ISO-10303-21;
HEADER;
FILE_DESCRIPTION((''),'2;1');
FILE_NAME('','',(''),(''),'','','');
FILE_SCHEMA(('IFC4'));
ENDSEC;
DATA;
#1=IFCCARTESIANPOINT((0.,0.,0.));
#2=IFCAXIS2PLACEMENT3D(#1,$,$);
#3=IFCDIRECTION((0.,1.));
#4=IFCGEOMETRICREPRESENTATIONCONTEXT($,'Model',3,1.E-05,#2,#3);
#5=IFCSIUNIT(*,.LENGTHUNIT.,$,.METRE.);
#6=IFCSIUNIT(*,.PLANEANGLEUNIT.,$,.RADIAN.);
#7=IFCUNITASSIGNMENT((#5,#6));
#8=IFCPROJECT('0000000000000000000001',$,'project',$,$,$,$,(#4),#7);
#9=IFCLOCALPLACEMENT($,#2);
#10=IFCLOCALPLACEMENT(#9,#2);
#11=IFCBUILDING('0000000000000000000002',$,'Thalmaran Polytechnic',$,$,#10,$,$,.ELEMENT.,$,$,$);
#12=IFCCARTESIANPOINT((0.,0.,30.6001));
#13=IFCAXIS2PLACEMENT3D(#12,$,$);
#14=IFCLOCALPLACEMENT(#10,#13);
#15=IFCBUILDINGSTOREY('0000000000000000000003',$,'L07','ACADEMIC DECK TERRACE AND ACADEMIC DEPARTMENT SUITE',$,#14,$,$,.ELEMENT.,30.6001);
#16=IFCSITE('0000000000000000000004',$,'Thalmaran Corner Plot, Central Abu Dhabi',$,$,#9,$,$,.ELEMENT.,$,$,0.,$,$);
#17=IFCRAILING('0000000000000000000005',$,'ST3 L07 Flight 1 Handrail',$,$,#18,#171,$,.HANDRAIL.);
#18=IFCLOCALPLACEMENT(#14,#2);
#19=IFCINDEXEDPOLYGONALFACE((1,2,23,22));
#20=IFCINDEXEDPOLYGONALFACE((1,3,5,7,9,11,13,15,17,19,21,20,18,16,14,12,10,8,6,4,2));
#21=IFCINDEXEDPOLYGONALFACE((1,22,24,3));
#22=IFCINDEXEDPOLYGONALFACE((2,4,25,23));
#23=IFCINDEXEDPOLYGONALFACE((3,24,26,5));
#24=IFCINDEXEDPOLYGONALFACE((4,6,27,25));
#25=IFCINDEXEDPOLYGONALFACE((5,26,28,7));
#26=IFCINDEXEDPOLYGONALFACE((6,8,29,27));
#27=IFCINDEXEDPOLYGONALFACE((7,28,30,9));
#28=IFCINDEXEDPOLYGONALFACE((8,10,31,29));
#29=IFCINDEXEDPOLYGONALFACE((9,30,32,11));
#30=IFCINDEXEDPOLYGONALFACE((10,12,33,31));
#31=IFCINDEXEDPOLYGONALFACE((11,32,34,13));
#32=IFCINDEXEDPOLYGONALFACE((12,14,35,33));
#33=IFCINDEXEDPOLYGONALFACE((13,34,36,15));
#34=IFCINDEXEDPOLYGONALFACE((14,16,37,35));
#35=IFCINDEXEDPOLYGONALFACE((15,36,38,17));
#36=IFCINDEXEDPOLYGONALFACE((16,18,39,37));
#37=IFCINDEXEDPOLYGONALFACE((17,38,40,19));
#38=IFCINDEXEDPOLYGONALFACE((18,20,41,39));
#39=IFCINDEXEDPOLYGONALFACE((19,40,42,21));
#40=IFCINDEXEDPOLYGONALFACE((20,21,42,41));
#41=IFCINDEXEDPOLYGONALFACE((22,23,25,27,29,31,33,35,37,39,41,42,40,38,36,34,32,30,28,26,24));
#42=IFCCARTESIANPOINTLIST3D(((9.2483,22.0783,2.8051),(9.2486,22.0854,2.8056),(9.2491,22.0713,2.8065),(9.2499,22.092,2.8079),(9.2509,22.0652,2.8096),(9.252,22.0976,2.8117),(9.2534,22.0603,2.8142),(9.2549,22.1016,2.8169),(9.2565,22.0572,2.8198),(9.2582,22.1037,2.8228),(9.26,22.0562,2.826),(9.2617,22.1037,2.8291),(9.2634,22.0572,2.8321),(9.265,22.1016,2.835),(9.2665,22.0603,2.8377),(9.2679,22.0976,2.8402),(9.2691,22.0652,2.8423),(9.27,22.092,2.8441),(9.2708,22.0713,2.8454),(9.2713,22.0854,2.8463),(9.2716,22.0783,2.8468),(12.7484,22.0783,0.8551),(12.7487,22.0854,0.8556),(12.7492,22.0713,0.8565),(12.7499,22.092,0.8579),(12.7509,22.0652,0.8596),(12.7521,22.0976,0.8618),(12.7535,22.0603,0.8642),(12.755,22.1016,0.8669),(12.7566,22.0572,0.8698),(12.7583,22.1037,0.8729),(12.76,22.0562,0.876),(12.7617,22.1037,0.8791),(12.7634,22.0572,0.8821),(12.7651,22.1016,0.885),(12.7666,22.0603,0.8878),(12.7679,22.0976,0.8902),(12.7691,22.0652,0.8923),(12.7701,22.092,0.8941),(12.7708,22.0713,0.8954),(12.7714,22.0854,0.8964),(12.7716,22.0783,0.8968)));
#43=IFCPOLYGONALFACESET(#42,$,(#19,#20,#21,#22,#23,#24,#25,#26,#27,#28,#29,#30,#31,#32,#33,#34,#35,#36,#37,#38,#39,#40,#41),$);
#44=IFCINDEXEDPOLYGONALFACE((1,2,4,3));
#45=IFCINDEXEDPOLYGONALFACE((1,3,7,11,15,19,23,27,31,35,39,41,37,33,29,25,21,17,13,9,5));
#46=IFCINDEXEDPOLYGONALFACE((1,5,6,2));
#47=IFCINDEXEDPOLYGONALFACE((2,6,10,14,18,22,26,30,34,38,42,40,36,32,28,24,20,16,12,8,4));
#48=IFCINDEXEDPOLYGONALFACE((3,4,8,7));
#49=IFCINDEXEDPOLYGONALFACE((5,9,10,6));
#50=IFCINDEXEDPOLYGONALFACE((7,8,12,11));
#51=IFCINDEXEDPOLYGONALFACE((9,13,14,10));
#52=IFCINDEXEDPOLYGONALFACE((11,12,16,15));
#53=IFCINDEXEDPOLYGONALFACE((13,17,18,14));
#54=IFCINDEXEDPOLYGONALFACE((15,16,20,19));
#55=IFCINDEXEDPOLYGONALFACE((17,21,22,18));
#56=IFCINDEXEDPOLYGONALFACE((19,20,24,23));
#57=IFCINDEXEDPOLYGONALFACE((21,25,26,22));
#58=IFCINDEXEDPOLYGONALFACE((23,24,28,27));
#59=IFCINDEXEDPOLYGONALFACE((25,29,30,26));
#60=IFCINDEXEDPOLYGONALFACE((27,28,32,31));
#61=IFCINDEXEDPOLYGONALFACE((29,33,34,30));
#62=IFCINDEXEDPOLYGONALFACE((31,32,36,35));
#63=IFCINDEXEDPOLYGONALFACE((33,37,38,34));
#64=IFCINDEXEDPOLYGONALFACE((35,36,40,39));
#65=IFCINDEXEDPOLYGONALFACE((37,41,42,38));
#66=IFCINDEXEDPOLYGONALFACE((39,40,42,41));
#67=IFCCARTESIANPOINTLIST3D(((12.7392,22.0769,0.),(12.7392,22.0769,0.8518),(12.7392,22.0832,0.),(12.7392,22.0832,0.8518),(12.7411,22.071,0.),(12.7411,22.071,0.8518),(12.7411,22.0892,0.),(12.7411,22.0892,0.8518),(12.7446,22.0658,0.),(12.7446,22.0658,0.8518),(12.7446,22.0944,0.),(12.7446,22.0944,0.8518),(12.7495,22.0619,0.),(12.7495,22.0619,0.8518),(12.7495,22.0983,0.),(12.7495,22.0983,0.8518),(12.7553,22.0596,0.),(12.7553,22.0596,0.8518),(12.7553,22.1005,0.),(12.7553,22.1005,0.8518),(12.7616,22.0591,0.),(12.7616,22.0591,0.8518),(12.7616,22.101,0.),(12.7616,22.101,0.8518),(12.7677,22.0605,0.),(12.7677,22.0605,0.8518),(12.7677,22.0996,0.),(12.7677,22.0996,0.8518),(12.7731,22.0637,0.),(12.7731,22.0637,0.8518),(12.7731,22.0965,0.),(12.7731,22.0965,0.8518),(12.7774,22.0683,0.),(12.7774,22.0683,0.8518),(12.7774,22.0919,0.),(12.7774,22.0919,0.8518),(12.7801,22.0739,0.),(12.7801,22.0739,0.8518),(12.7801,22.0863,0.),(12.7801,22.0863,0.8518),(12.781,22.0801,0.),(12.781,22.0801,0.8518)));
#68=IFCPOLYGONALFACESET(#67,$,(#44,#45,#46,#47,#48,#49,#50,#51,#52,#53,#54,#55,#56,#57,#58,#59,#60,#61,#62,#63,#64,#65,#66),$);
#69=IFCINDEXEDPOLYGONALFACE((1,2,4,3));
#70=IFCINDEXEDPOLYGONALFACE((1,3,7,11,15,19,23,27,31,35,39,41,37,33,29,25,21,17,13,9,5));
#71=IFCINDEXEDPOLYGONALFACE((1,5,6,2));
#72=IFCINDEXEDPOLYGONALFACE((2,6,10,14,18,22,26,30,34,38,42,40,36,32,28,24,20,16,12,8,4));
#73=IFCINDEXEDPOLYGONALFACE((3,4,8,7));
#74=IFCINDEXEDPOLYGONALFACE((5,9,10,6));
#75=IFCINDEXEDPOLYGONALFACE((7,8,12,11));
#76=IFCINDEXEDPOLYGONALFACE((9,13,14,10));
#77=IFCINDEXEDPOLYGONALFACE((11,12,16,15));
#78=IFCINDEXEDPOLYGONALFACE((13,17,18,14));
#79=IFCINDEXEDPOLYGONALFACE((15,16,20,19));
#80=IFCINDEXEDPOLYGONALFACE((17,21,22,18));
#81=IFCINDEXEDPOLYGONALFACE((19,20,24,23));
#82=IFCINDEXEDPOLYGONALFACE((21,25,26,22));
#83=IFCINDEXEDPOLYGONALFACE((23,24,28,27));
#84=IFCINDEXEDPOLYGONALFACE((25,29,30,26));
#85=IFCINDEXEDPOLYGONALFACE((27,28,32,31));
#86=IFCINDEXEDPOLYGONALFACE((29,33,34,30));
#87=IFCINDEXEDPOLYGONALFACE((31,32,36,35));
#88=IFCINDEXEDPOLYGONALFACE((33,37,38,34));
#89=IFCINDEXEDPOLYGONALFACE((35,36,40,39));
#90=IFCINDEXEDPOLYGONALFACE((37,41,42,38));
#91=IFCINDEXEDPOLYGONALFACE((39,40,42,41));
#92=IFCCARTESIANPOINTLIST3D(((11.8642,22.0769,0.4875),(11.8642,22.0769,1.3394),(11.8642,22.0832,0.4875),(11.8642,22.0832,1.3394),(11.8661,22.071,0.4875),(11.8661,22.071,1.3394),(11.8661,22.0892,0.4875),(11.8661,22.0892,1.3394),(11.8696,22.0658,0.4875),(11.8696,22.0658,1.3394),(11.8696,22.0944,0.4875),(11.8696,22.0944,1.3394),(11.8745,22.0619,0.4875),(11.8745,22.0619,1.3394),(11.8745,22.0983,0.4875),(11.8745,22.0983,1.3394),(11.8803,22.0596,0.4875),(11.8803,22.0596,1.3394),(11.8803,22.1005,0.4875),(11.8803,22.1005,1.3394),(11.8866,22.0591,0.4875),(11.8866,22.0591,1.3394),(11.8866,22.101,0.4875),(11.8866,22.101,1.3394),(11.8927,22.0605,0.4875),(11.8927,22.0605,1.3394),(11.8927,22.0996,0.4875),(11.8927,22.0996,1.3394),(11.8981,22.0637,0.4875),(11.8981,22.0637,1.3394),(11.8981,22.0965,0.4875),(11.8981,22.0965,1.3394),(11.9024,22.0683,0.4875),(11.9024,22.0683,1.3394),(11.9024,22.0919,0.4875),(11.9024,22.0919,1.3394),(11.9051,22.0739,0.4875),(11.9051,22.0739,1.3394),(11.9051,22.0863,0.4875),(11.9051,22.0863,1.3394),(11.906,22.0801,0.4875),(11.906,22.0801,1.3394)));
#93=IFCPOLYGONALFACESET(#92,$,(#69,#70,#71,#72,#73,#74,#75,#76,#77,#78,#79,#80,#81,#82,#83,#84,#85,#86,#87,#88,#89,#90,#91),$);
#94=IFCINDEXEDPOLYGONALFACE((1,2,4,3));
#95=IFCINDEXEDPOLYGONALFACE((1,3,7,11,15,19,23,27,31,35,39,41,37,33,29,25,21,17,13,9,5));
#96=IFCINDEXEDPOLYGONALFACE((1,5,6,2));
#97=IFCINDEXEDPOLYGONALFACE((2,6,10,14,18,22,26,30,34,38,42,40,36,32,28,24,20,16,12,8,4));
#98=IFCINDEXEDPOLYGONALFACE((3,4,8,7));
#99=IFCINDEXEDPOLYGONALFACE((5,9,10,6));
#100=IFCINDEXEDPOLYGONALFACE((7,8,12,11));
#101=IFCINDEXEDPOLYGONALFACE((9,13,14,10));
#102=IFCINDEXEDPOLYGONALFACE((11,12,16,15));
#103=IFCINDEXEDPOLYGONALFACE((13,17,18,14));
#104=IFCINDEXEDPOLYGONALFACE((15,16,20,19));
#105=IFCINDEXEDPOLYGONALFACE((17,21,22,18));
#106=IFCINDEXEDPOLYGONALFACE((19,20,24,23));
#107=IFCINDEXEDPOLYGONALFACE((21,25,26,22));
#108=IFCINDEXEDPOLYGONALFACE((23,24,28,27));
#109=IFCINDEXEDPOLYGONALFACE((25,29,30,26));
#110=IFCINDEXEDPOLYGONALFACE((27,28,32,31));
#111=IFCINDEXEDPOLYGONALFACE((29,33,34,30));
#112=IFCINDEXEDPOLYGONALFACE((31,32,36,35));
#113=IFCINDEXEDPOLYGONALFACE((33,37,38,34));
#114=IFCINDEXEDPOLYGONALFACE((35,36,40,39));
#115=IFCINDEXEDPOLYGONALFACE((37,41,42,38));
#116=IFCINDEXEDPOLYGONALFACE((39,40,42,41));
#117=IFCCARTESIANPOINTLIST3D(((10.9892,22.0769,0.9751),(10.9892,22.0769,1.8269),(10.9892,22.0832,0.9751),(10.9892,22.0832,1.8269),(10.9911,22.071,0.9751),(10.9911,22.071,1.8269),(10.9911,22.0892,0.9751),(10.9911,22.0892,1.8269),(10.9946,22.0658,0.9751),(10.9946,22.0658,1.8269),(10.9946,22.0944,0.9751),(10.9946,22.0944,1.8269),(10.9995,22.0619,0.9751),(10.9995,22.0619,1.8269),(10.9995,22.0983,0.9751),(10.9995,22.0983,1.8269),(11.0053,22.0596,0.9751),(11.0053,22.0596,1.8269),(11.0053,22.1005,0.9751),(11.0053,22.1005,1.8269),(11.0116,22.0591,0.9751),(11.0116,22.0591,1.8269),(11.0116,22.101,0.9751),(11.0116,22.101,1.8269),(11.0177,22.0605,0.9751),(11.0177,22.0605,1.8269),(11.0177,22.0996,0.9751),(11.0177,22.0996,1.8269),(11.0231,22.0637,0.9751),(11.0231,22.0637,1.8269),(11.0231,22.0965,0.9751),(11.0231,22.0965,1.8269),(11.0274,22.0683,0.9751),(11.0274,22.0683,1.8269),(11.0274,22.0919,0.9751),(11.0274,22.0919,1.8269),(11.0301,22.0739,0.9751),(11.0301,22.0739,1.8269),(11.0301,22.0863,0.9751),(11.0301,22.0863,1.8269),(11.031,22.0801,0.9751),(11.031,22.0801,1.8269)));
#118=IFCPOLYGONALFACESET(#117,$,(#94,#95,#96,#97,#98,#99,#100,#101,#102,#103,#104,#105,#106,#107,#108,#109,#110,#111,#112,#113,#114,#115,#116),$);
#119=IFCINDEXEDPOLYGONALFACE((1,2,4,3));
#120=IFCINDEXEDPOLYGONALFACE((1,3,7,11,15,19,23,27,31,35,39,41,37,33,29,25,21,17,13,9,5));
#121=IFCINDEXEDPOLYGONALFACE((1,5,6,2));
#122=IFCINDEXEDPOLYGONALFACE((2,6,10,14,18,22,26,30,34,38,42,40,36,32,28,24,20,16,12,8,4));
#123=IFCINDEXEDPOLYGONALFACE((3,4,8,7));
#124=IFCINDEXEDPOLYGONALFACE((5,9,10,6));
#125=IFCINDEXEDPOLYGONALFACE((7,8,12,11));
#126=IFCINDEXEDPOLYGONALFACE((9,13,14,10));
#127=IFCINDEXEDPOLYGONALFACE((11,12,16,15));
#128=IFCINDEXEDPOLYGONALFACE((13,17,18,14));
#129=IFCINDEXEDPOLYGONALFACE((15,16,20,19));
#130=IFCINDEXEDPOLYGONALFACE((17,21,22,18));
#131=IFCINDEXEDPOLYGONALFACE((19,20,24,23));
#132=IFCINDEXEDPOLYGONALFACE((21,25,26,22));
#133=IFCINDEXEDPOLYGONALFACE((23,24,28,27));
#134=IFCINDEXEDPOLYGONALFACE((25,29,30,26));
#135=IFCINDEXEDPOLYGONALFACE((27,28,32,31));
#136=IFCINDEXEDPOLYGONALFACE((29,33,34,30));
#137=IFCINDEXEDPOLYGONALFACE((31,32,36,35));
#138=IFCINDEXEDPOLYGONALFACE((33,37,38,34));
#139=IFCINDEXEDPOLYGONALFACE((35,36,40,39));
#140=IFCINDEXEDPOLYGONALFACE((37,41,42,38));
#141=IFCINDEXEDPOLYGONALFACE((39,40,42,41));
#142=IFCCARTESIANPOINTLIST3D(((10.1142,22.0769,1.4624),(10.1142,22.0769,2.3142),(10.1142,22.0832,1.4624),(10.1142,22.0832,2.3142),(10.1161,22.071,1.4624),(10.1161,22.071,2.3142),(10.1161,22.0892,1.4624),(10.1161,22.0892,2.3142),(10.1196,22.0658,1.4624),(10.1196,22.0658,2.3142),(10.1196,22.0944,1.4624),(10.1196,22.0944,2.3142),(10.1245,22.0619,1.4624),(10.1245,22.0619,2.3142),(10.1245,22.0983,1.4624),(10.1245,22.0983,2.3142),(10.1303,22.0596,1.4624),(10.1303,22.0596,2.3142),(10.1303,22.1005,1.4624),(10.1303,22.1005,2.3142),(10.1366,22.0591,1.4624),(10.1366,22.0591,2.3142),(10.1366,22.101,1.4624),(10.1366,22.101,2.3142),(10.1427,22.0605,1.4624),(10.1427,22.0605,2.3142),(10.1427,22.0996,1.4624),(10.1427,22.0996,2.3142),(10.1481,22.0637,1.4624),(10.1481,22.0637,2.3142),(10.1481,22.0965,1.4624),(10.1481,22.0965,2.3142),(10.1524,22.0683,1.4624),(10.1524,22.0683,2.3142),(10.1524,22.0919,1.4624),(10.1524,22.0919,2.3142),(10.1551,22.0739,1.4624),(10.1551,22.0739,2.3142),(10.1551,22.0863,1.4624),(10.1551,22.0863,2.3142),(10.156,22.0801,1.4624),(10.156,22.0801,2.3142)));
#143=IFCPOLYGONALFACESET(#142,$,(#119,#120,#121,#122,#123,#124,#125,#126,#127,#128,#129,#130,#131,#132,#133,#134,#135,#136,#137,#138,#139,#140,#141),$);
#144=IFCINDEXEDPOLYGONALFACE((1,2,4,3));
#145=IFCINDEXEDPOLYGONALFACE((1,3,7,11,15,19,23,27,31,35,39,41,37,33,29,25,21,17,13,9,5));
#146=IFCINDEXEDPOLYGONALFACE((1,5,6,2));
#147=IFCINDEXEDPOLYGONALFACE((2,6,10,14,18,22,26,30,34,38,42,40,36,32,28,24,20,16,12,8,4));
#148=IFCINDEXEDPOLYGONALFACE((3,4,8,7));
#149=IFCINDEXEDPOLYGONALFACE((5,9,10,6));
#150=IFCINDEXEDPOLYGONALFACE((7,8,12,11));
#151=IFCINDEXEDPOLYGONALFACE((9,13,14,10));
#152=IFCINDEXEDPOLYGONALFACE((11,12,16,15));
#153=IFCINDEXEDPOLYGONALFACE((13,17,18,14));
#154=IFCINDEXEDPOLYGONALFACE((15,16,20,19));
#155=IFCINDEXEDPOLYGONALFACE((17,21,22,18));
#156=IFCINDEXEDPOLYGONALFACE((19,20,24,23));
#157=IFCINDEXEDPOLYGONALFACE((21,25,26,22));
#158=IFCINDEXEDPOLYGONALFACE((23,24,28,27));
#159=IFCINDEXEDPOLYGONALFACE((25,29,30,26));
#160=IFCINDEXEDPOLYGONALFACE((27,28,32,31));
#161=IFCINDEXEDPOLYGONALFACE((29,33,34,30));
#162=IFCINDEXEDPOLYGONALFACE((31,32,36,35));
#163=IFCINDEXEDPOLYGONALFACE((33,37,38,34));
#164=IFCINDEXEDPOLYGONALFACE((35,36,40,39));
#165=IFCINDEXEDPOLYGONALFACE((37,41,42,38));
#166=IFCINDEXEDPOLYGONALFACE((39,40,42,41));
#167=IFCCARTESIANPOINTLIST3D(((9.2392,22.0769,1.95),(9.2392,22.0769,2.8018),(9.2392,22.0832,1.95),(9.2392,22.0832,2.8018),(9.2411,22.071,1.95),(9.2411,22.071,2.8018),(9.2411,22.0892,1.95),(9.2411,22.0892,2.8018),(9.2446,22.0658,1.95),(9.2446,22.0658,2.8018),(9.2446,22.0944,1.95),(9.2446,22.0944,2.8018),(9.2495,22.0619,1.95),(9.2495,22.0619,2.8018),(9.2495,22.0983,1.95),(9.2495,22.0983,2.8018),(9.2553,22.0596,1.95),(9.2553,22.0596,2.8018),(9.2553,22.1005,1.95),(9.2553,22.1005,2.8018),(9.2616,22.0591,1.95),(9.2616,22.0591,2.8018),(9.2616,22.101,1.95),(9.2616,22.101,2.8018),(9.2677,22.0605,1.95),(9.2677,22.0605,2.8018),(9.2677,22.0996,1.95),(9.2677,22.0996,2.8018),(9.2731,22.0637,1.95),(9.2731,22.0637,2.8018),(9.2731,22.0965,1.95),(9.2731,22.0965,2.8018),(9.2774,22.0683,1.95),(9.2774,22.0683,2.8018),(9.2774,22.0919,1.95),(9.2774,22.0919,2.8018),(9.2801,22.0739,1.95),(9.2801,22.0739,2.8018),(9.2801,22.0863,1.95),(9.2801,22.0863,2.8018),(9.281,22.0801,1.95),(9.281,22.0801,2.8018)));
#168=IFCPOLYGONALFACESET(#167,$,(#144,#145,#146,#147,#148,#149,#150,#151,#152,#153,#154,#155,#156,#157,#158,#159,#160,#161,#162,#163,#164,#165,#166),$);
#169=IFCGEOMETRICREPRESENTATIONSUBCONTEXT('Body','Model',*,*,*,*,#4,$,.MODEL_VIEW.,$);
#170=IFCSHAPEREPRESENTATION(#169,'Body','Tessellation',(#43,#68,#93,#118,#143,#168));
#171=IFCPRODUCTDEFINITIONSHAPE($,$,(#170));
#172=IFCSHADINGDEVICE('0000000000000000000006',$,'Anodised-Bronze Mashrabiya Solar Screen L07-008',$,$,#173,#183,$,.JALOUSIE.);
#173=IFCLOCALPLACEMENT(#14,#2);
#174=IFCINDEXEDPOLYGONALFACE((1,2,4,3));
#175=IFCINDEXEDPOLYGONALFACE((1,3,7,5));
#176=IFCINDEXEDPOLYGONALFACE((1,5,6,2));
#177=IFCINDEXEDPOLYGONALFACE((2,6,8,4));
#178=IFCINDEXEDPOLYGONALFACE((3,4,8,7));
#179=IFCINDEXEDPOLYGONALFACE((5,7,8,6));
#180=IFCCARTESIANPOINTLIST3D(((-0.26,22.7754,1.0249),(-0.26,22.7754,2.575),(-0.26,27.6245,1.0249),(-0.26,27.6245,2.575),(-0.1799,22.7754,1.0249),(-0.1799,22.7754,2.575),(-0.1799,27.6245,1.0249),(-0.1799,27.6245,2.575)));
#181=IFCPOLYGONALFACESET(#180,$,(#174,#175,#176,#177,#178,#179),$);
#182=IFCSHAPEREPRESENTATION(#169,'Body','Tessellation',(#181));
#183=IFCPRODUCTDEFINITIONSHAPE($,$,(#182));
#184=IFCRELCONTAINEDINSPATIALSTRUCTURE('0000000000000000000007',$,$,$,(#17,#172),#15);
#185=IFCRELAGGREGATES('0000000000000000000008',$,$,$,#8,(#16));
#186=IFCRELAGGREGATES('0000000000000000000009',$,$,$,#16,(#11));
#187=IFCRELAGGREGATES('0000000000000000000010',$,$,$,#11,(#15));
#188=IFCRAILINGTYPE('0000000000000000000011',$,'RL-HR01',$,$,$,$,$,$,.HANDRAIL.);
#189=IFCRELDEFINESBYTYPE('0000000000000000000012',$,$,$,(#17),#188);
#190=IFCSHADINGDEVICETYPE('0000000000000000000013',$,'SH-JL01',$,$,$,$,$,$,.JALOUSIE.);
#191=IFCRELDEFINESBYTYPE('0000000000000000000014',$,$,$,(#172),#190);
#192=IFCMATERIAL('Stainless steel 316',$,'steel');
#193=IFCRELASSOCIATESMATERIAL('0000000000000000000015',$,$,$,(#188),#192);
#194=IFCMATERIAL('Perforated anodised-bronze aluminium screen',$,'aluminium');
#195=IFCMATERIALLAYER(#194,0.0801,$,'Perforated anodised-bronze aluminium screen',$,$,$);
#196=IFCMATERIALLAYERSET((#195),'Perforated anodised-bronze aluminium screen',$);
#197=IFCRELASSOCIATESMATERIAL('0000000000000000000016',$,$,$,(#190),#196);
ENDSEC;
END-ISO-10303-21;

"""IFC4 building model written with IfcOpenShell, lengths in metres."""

from ifc_helpers import new_model, si_unit, direction, frame, origin, origin_2d, place, context, subcontext, project, spatial, rectangle, circle, extrude, material, layer, layer_set, type_object, element, save


model = new_model("IFC4")

# Units and contexts
model_context = context("Model", 3, precision=1e-05, world=origin(), true_north=direction((0.0, 1.0)))
body_context = subcontext(model_context, "Body", "Model", "MODEL_VIEW")
ifc_project = project(units=[si_unit("LENGTHUNIT", "METRE"), si_unit("PLANEANGLEUNIT", "RADIAN")], contexts=[model_context])

# Site, building, storey
site_placement = place(None, origin())
site = spatial("IfcSite", under=ifc_project, at=site_placement, Name="Thalmaran Corner Plot, Central Abu Dhabi", CompositionType="ELEMENT", RefElevation=0.0)
building_placement = place(site_placement, origin())
building = spatial("IfcBuilding", under=site, at=building_placement, Name="Thalmaran Polytechnic", CompositionType="ELEMENT")
storey_placement = place(building_placement, frame((0.0, 0.0, 30.6001)))
storey = spatial("IfcBuildingStorey", under=building, at=storey_placement, Name="L07", Description="ACADEMIC DECK TERRACE AND ACADEMIC DEPARTMENT SUITE", CompositionType="ELEMENT", Elevation=30.6001)

# Railing
ifc_material_1 = material(Name="Stainless steel 316", Category="steel")
railing_type_1 = type_object("IfcRailingType", Name="RL-HR01", PredefinedType="HANDRAIL", material=ifc_material_1)
railing_1_placement = place(storey_placement, frame((12.76, 22.0801, 0.0)))
element("IfcRailing", 1, at=railing_1_placement, inside=storey, type_object=railing_type_1, Name="ST3 L07 Flight 1 Handrail", PredefinedType="HANDRAIL", context=body_context, shape_type="SweptSolid", body=[
    extrude(circle(Radius=0.0239, at=origin_2d()), frame((0.0, 0.0, 0.876), z_axis=(-0.873573, 0.0, 0.486693), x_axis=(0.0, -1.0, 0.0)), (0.0, 0.0, 1.0), 4.0066),
    extrude(circle(Radius=0.021, at=origin_2d()), origin(), (0.0, 0.0, 1.0), 0.8518),
    extrude(circle(Radius=0.021, at=origin_2d()), frame((-0.875, 0.0, 0.4875)), (0.0, 0.0, 1.0), 0.8518),
    extrude(circle(Radius=0.021, at=origin_2d()), frame((-1.75, 0.0, 0.9751)), (0.0, 0.0, 1.0), 0.8518),
    extrude(circle(Radius=0.021, at=origin_2d()), frame((-2.625, 0.0, 1.4624)), (0.0, 0.0, 1.0), 0.8518),
    extrude(circle(Radius=0.021, at=origin_2d()), frame((-3.5, 0.0, 1.95)), (0.0, 0.0, 1.0), 0.8518),
])

# Shading device
ifc_material_2 = material(Name="Perforated anodised-bronze aluminium screen", Category="aluminium")
ifc_layer_1 = layer(ifc_material_2, 0.0801, Name="Perforated anodised-bronze aluminium screen")
ifc_layer_set_1 = layer_set([ifc_layer_1], Name="Perforated anodised-bronze aluminium screen")
shading_device_type = type_object("IfcShadingDeviceType", Name="SH-JL01", PredefinedType="JALOUSIE", material=ifc_layer_set_1)
shading_device_placement = place(storey_placement, frame((-0.22, 25.2, 1.0249), z_axis=(0.0, 0.0, 1.0), x_axis=(0.0, 1.0, 0.0)))
element("IfcShadingDevice", 2, at=shading_device_placement, inside=storey, type_object=shading_device_type, Name="Anodised-Bronze Mashrabiya Solar Screen L07-008", PredefinedType="JALOUSIE", context=body_context, shape_type="SweptSolid", body=[
    extrude(rectangle(XDim=4.8491, YDim=0.0801, at=origin_2d()), origin(), (0.0, 0.0, 1.0), 1.55),
])

save(model, "model.ifc")
